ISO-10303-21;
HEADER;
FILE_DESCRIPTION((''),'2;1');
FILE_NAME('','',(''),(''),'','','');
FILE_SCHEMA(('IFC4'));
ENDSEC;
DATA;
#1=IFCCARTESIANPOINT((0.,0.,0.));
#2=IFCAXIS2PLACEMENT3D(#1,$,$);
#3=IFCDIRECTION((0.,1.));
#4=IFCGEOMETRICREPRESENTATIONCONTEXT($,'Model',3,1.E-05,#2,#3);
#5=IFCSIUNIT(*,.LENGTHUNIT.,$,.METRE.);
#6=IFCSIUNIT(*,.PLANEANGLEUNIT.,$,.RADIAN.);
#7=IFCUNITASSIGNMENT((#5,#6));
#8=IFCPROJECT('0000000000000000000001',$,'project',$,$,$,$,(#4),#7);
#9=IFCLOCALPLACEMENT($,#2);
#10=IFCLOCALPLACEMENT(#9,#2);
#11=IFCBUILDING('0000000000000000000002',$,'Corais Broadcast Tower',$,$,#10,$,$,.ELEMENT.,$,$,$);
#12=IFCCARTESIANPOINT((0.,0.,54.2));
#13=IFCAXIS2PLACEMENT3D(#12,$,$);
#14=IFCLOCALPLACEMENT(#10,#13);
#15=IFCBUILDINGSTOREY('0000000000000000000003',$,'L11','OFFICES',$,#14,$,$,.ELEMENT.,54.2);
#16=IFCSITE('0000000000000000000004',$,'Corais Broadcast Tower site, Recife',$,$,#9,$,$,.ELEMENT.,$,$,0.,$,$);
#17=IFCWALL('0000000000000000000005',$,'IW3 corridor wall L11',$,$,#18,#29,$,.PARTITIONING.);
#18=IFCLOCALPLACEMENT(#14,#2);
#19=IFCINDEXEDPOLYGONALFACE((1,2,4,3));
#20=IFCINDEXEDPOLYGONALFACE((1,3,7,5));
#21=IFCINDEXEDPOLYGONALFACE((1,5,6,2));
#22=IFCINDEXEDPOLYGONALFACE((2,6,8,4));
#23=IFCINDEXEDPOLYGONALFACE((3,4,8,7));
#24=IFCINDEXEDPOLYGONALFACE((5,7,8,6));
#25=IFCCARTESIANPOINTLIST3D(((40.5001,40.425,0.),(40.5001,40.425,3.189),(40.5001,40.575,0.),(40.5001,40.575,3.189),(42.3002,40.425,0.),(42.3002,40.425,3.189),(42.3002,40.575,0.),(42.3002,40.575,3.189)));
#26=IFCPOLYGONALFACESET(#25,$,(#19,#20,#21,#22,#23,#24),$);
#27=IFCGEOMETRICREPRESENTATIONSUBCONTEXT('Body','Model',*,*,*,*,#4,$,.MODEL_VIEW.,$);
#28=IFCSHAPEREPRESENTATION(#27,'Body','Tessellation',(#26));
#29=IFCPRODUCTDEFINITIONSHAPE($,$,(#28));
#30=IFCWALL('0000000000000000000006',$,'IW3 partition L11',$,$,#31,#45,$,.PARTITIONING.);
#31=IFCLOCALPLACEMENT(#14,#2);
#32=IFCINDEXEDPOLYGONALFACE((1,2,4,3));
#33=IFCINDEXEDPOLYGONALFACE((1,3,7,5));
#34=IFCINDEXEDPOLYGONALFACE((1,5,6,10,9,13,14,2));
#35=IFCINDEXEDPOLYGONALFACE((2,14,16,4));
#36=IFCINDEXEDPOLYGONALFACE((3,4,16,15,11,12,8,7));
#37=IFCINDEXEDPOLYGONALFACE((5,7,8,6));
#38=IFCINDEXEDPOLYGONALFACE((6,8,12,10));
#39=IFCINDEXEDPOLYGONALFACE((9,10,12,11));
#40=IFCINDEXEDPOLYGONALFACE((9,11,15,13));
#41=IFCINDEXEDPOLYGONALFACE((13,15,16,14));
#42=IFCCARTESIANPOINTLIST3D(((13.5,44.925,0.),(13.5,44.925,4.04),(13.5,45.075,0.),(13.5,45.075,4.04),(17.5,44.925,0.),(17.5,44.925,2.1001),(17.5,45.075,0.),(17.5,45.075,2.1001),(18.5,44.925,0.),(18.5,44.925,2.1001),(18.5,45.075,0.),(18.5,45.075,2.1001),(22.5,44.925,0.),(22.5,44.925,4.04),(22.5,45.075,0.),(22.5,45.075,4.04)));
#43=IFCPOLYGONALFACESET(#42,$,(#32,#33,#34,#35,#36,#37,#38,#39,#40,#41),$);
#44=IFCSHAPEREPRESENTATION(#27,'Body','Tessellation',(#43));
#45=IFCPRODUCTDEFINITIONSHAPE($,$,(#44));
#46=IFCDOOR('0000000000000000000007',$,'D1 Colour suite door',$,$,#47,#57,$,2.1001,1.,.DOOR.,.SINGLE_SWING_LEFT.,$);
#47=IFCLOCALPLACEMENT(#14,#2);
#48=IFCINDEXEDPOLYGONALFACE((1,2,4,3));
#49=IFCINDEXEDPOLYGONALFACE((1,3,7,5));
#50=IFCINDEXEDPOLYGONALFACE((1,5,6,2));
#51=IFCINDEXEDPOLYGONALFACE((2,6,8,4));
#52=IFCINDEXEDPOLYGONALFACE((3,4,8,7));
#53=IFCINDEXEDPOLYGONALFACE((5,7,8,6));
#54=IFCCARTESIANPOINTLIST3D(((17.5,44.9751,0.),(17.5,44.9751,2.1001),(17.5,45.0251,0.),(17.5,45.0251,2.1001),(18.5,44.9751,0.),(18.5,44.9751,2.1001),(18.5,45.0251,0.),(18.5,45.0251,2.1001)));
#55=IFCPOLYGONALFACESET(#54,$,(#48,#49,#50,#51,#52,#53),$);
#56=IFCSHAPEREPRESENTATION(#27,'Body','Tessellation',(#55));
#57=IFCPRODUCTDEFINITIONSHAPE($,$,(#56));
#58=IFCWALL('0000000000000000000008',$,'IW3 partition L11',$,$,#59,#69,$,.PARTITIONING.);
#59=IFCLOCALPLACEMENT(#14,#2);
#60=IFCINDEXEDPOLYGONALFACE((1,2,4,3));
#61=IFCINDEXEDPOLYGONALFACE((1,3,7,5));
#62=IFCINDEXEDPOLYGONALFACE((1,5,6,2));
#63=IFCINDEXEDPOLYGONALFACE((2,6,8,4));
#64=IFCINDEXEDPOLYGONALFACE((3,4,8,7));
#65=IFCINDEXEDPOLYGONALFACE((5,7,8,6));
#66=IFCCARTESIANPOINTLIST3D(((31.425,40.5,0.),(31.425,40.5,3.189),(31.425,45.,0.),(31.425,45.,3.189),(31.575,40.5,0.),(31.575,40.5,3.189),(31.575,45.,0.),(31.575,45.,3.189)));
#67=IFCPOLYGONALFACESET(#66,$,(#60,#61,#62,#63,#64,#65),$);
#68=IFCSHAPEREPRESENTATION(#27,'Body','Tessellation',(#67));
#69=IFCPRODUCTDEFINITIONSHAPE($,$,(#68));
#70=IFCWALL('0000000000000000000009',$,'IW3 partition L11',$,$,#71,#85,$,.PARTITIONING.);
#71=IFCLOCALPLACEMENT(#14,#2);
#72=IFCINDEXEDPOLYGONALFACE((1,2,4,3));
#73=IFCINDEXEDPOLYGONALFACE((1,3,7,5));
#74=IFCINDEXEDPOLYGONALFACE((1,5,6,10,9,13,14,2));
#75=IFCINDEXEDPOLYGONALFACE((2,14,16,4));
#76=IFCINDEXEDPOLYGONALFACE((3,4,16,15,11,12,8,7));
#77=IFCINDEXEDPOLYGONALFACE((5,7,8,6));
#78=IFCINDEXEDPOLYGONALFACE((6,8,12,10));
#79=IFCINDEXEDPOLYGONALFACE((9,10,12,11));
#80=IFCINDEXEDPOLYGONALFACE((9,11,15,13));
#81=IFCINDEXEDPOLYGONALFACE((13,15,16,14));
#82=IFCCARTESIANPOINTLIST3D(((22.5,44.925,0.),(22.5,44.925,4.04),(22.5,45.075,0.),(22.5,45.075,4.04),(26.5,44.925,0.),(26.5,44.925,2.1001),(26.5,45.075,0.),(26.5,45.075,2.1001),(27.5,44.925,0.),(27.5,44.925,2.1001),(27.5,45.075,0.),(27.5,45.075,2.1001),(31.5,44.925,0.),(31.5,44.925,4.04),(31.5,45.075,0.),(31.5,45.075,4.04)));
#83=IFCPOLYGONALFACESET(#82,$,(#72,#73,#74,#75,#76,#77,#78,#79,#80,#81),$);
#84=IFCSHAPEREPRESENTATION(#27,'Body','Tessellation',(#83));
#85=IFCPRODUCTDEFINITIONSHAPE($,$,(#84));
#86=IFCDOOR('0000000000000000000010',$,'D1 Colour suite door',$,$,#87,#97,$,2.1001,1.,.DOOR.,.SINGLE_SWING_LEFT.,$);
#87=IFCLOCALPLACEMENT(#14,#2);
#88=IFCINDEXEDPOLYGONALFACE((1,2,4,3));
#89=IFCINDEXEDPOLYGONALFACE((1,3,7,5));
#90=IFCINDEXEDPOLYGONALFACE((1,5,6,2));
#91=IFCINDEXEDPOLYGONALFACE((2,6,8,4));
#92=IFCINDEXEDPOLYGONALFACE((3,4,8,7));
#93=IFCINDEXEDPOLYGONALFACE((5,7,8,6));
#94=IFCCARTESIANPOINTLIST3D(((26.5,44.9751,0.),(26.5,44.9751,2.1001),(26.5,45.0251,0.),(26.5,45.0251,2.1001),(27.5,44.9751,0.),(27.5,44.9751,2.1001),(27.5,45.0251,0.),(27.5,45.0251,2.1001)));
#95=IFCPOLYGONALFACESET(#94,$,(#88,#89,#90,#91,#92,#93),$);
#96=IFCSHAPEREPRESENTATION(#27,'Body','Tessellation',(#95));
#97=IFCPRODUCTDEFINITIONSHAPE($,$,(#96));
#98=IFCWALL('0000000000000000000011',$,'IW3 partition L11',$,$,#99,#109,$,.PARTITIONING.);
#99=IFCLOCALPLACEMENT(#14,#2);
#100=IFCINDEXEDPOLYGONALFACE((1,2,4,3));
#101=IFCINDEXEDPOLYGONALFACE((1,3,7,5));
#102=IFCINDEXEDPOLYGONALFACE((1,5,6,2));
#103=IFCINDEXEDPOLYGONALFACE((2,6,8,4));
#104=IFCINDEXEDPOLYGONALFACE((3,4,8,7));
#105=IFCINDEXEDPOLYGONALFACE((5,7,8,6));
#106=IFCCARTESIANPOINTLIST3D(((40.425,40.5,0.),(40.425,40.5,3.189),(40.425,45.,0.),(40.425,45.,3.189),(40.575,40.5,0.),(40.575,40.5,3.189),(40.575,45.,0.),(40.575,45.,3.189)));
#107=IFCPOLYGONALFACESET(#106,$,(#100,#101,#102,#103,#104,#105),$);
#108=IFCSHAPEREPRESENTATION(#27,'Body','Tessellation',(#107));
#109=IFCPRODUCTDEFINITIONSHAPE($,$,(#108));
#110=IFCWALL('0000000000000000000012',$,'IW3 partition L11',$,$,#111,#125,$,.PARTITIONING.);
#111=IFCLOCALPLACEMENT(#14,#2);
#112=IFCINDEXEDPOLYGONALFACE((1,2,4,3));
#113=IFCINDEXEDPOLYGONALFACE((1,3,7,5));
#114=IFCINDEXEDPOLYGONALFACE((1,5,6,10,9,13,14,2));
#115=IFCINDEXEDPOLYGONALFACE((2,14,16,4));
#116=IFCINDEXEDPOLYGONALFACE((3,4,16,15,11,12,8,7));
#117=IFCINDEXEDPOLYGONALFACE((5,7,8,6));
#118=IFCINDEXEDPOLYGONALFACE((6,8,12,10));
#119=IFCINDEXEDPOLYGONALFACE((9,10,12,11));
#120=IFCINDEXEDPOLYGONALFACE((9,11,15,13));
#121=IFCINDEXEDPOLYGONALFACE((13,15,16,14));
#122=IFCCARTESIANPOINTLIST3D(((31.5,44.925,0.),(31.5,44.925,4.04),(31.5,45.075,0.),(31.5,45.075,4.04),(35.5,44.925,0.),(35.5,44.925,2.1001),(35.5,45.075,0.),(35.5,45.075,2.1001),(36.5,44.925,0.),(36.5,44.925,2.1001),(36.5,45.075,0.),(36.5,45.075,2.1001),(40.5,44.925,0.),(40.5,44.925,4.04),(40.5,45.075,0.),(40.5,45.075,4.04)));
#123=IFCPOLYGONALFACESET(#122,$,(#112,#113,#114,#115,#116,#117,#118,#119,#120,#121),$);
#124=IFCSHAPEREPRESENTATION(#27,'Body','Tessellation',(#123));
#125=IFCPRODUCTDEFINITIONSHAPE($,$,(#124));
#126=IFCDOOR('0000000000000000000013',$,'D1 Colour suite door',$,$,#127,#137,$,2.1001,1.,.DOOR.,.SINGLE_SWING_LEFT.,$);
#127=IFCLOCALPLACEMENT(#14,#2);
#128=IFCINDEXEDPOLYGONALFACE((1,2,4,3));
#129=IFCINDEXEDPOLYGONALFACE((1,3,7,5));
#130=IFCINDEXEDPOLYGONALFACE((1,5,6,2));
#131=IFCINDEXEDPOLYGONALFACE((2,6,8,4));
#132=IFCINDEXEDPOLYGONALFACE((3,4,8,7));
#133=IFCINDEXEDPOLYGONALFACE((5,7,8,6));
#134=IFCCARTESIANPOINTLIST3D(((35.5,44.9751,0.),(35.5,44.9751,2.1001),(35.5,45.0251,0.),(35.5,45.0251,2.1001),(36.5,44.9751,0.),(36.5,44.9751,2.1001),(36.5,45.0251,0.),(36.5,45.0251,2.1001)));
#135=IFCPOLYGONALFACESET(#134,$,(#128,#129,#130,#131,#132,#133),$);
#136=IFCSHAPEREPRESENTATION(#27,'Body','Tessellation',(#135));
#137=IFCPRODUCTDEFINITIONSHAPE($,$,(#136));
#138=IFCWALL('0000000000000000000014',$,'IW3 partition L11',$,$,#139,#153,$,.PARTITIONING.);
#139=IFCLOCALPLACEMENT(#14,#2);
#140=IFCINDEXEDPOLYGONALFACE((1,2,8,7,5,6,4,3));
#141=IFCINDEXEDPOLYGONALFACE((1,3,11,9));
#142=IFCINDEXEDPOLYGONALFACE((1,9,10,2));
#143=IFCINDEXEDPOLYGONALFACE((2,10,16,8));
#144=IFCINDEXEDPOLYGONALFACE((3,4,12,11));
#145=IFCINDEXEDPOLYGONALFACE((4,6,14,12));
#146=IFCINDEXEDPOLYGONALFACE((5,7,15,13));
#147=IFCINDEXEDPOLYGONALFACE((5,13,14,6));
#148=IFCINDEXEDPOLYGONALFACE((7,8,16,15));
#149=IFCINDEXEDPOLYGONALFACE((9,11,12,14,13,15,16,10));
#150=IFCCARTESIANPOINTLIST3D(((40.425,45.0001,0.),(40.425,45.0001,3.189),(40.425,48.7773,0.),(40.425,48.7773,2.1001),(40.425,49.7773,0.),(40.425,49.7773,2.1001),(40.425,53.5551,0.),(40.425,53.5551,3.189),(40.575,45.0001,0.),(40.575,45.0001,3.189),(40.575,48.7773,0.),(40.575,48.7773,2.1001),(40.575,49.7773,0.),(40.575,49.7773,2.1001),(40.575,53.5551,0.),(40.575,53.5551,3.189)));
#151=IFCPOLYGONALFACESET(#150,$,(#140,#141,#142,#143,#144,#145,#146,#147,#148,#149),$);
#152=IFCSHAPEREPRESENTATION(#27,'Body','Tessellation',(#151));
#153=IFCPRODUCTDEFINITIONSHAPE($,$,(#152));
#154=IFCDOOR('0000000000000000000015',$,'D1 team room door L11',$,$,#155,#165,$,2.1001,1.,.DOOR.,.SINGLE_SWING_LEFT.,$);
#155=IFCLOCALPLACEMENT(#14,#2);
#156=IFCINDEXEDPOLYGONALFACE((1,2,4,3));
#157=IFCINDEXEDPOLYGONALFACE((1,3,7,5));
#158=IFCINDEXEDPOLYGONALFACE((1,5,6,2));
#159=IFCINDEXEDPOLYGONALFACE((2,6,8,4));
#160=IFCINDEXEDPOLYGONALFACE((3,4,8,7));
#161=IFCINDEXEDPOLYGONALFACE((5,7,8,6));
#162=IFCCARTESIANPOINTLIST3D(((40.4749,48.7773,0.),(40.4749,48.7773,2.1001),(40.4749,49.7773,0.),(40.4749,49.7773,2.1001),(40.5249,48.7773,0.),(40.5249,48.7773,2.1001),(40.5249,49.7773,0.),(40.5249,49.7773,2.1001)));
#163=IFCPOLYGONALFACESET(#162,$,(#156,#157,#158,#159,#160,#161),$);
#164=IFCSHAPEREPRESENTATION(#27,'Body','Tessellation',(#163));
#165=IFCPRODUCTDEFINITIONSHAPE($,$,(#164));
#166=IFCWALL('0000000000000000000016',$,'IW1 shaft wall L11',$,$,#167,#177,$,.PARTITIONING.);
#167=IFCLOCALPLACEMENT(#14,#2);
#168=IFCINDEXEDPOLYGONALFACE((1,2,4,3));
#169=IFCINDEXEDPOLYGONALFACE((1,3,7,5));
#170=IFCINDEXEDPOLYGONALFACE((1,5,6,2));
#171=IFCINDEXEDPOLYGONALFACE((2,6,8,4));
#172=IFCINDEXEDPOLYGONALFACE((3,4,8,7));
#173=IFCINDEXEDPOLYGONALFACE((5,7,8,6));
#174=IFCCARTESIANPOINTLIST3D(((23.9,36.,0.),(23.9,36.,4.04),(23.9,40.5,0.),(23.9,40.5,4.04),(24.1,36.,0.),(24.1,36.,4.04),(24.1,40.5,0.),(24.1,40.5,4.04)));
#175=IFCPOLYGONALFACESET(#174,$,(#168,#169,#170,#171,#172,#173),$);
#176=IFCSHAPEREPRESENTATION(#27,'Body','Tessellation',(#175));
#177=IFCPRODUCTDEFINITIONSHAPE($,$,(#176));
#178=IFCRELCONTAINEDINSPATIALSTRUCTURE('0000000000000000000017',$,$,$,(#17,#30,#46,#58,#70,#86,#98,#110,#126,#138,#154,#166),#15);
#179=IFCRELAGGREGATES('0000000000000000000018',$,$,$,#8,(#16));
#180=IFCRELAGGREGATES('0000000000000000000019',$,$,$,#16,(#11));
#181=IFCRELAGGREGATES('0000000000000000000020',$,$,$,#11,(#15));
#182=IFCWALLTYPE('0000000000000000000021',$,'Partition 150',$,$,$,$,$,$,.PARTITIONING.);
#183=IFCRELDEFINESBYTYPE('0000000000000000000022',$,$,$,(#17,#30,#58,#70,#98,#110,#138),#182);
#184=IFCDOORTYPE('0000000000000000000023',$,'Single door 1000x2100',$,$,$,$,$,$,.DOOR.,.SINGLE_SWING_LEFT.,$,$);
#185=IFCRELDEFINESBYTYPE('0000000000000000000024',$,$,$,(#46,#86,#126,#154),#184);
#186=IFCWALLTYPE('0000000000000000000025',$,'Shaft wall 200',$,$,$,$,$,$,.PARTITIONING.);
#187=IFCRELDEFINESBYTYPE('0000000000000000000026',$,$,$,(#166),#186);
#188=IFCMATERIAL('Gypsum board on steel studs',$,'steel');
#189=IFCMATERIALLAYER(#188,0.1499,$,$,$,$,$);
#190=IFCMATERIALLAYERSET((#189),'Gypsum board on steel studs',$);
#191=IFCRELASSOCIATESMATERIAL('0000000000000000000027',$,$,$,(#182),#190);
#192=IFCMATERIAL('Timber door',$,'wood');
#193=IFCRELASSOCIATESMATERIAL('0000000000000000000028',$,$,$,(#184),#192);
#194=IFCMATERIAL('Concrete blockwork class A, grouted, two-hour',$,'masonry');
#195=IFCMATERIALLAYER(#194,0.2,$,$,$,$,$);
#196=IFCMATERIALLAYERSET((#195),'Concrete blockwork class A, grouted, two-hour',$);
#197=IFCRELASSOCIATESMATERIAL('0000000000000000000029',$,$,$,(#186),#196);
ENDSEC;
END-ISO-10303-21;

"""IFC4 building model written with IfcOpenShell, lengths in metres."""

from ifc_helpers import new_model, si_unit, direction, frame, frame_2d, origin, place, context, subcontext, project, spatial, rectangle, extrude, material, layer, layer_set, type_object, element, fill, save


model = new_model("IFC4")

# Units and contexts
model_context = context("Model", 3, precision=1e-05, world=origin(), true_north=direction((0.0, 1.0)))
body_context = subcontext(model_context, "Body", "Model", "MODEL_VIEW")
ifc_project = project(units=[si_unit("LENGTHUNIT", "METRE"), si_unit("PLANEANGLEUNIT", "RADIAN")], contexts=[model_context])

# Site, building, storey
site_placement = place(None, origin())
site = spatial("IfcSite", under=ifc_project, at=site_placement, Name="Corais Broadcast Tower site, Recife", CompositionType="ELEMENT", RefElevation=0.0)
building_placement = place(site_placement, origin())
building = spatial("IfcBuilding", under=site, at=building_placement, Name="Corais Broadcast Tower", CompositionType="ELEMENT")
storey_placement = place(building_placement, frame((0.0, 0.0, 54.2)))
storey = spatial("IfcBuildingStorey", under=building, at=storey_placement, Name="L11", Description="OFFICES", CompositionType="ELEMENT", Elevation=54.2)

# Wall
ifc_material_1 = material(Name="Gypsum board on steel studs", Category="steel")
ifc_layer_1 = layer(ifc_material_1, 0.1499)
ifc_layer_set_1 = layer_set([ifc_layer_1], Name="Gypsum board on steel studs")
wall_type_1 = type_object("IfcWallType", Name="Partition 150", PredefinedType="PARTITIONING", material=ifc_layer_set_1)
wall_1_placement = place(storey_placement, frame((42.3, 40.5, 0.0), z_axis=(0.0, 0.0, 1.0), x_axis=(-1.0, 0.0, 0.0)))
element("IfcWall", 1, at=wall_1_placement, inside=storey, type_object=wall_type_1, Name="IW3 corridor wall L11", PredefinedType="PARTITIONING", context=body_context, shape_type="SweptSolid", body=[
    extrude(rectangle(XDim=1.8, YDim=0.1499, at=frame_2d((0.8999, 0.0))), origin(), (0.0, 0.0, 1.0), 3.189),
])

# Wall, opening, door
wall_2_placement = place(storey_placement, frame((22.5, 45.0, 0.0), z_axis=(0.0, 0.0, 1.0), x_axis=(-1.0, 0.0, 0.0)))
wall_2 = element("IfcWall", 2, at=wall_2_placement, inside=storey, type_object=wall_type_1, Name="IW3 partition L11", PredefinedType="PARTITIONING", context=body_context, shape_type="SweptSolid", body=[
    extrude(rectangle(XDim=9.0, YDim=0.1499, at=frame_2d((4.5, 0.0))), origin(), (0.0, 0.0, 1.0), 4.04),
])
opening_1_placement = place(wall_2_placement, frame((4.0, 0.0, 0.0)))
opening_1 = element("IfcOpeningElement", 3, at=opening_1_placement, cuts=wall_2, PredefinedType="OPENING", context=body_context, shape_type="SweptSolid", body=[
    extrude(rectangle(XDim=1.0, YDim=2.1001, at=frame_2d((0.5, 1.05))), frame((0.0, 0.085, 0.0), z_axis=(0.0, -1.0, 0.0), x_axis=(1.0, 0.0, 0.0)), (0.0, 0.0, 1.0), 0.1699),
])
ifc_material_2 = material(Name="Timber door", Category="wood")
door_type = type_object("IfcDoorType", Name="Single door 1000x2100", OperationType="SINGLE_SWING_LEFT", PredefinedType="DOOR", material=ifc_material_2)
door_1_placement = place(opening_1_placement, origin())
door_1 = element("IfcDoor", 4, at=door_1_placement, inside=storey, type_object=door_type, Name="D1 Colour suite door", OperationType="SINGLE_SWING_LEFT", OverallHeight=2.1001, OverallWidth=1.0, PredefinedType="DOOR", context=body_context, shape_type="SweptSolid", body=[
    extrude(rectangle(XDim=1.0, YDim=2.1001, at=frame_2d((0.5, 1.05))), frame((0.0, 0.0249, 0.0), z_axis=(0.0, -1.0, 0.0), x_axis=(1.0, 0.0, 0.0)), (0.0, 0.0, 1.0), 0.05),
])
fill(opening_1, door_1)

# Wall
wall_3_placement = place(storey_placement, frame((31.5, 40.5, 0.0), z_axis=(0.0, 0.0, 1.0), x_axis=(0.0, 1.0, 0.0)))
element("IfcWall", 5, at=wall_3_placement, inside=storey, type_object=wall_type_1, Name="IW3 partition L11", PredefinedType="PARTITIONING", context=body_context, shape_type="SweptSolid", body=[
    extrude(rectangle(XDim=4.5, YDim=0.1499, at=frame_2d((2.25, 0.0))), origin(), (0.0, 0.0, 1.0), 3.189),
])

# Wall, opening, door
wall_4_placement = place(storey_placement, frame((31.5, 45.0, 0.0), z_axis=(0.0, 0.0, 1.0), x_axis=(-1.0, 0.0, 0.0)))
wall_4 = element("IfcWall", 6, at=wall_4_placement, inside=storey, type_object=wall_type_1, Name="IW3 partition L11", PredefinedType="PARTITIONING", context=body_context, shape_type="SweptSolid", body=[
    extrude(rectangle(XDim=9.0, YDim=0.1499, at=frame_2d((4.5, 0.0))), origin(), (0.0, 0.0, 1.0), 4.04),
])
opening_2_placement = place(wall_4_placement, frame((4.0, 0.0, 0.0)))
opening_2 = element("IfcOpeningElement", 7, at=opening_2_placement, cuts=wall_4, PredefinedType="OPENING", context=body_context, shape_type="SweptSolid", body=[
    extrude(rectangle(XDim=1.0, YDim=2.1001, at=frame_2d((0.5, 1.05))), frame((0.0, 0.085, 0.0), z_axis=(0.0, -1.0, 0.0), x_axis=(1.0, 0.0, 0.0)), (0.0, 0.0, 1.0), 0.1699),
])
door_2_placement = place(opening_2_placement, origin())
door_2 = element("IfcDoor", 8, at=door_2_placement, inside=storey, type_object=door_type, Name="D1 Colour suite door", OperationType="SINGLE_SWING_LEFT", OverallHeight=2.1001, OverallWidth=1.0, PredefinedType="DOOR", context=body_context, shape_type="SweptSolid", body=[
    extrude(rectangle(XDim=1.0, YDim=2.1001, at=frame_2d((0.5, 1.05))), frame((0.0, 0.0249, 0.0), z_axis=(0.0, -1.0, 0.0), x_axis=(1.0, 0.0, 0.0)), (0.0, 0.0, 1.0), 0.05),
])
fill(opening_2, door_2)

# Wall
wall_5_placement = place(storey_placement, frame((40.5, 40.5, 0.0), z_axis=(0.0, 0.0, 1.0), x_axis=(0.0, 1.0, 0.0)))
element("IfcWall", 9, at=wall_5_placement, inside=storey, type_object=wall_type_1, Name="IW3 partition L11", PredefinedType="PARTITIONING", context=body_context, shape_type="SweptSolid", body=[
    extrude(rectangle(XDim=4.5, YDim=0.1499, at=frame_2d((2.25, 0.0))), origin(), (0.0, 0.0, 1.0), 3.189),
])

# Walls, openings, doors
wall_6_placement = place(storey_placement, frame((40.5, 45.0, 0.0), z_axis=(0.0, 0.0, 1.0), x_axis=(-1.0, 0.0, 0.0)))
wall_6 = element("IfcWall", 10, at=wall_6_placement, inside=storey, type_object=wall_type_1, Name="IW3 partition L11", PredefinedType="PARTITIONING", context=body_context, shape_type="SweptSolid", body=[
    extrude(rectangle(XDim=9.0, YDim=0.1499, at=frame_2d((4.5, 0.0))), origin(), (0.0, 0.0, 1.0), 4.04),
])
opening_3_placement = place(wall_6_placement, frame((4.0, 0.0, 0.0)))
opening_3 = element("IfcOpeningElement", 11, at=opening_3_placement, cuts=wall_6, PredefinedType="OPENING", context=body_context, shape_type="SweptSolid", body=[
    extrude(rectangle(XDim=1.0, YDim=2.1001, at=frame_2d((0.5, 1.05))), frame((0.0, 0.085, 0.0), z_axis=(0.0, -1.0, 0.0), x_axis=(1.0, 0.0, 0.0)), (0.0, 0.0, 1.0), 0.1699),
])
door_3_placement = place(opening_3_placement, origin())
door_3 = element("IfcDoor", 12, at=door_3_placement, inside=storey, type_object=door_type, Name="D1 Colour suite door", OperationType="SINGLE_SWING_LEFT", OverallHeight=2.1001, OverallWidth=1.0, PredefinedType="DOOR", context=body_context, shape_type="SweptSolid", body=[
    extrude(rectangle(XDim=1.0, YDim=2.1001, at=frame_2d((0.5, 1.05))), frame((0.0, 0.0249, 0.0), z_axis=(0.0, -1.0, 0.0), x_axis=(1.0, 0.0, 0.0)), (0.0, 0.0, 1.0), 0.05),
])
fill(opening_3, door_3)
wall_7_placement = place(storey_placement, frame((40.5, 53.5549, 0.0), z_axis=(0.0, 0.0, 1.0), x_axis=(0.0, -1.0, 0.0)))
wall_7 = element("IfcWall", 13, at=wall_7_placement, inside=storey, type_object=wall_type_1, Name="IW3 partition L11", PredefinedType="PARTITIONING", context=body_context, shape_type="SweptSolid", body=[
    extrude(rectangle(XDim=8.5549, YDim=0.1499, at=frame_2d((4.2773, 0.0))), origin(), (0.0, 0.0, 1.0), 3.189),
])
opening_4_placement = place(wall_7_placement, frame((3.7776, 0.0, 0.0)))
opening_4 = element("IfcOpeningElement", 14, at=opening_4_placement, cuts=wall_7, PredefinedType="OPENING", context=body_context, shape_type="SweptSolid", body=[
    extrude(rectangle(XDim=1.0, YDim=2.1001, at=frame_2d((0.5, 1.05))), frame((0.0, 0.085, 0.0), z_axis=(0.0, -1.0, 0.0), x_axis=(1.0, 0.0, 0.0)), (0.0, 0.0, 1.0), 0.1699),
])
door_4_placement = place(opening_4_placement, origin())
door_4 = element("IfcDoor", 15, at=door_4_placement, inside=storey, type_object=door_type, Name="D1 team room door L11", OperationType="SINGLE_SWING_LEFT", OverallHeight=2.1001, OverallWidth=1.0, PredefinedType="DOOR", context=body_context, shape_type="SweptSolid", body=[
    extrude(rectangle(XDim=1.0, YDim=2.1001, at=frame_2d((0.5, 1.05))), frame((0.0, 0.0249, 0.0), z_axis=(0.0, -1.0, 0.0), x_axis=(1.0, 0.0, 0.0)), (0.0, 0.0, 1.0), 0.05),
])
fill(opening_4, door_4)

# Wall
ifc_material_3 = material(Name="Concrete blockwork class A, grouted, two-hour", Category="masonry")
ifc_layer_2 = layer(ifc_material_3, 0.2)
ifc_layer_set_2 = layer_set([ifc_layer_2], Name="Concrete blockwork class A, grouted, two-hour")
wall_type_2 = type_object("IfcWallType", Name="Shaft wall 200", PredefinedType="PARTITIONING", material=ifc_layer_set_2)
for number, where, z_axis, x_axis, name in (
    (16, (24.0, 36.0, 0.0), (0.0, 0.0, 1.0), (0.0, 1.0, 0.0), "IW1 shaft wall L11"),
):
    element("IfcWall", number, at=place(storey_placement, frame(where, z_axis=z_axis, x_axis=x_axis)), inside=storey, type_object=wall_type_2, Name=name, PredefinedType="PARTITIONING", context=body_context, shape_type="SweptSolid", body=[
        extrude(rectangle(XDim=4.5, YDim=0.2, at=frame_2d((2.25, 0.0))), origin(), (0.0, 0.0, 1.0), 4.04),
    ])

save(model, "model.ifc")
